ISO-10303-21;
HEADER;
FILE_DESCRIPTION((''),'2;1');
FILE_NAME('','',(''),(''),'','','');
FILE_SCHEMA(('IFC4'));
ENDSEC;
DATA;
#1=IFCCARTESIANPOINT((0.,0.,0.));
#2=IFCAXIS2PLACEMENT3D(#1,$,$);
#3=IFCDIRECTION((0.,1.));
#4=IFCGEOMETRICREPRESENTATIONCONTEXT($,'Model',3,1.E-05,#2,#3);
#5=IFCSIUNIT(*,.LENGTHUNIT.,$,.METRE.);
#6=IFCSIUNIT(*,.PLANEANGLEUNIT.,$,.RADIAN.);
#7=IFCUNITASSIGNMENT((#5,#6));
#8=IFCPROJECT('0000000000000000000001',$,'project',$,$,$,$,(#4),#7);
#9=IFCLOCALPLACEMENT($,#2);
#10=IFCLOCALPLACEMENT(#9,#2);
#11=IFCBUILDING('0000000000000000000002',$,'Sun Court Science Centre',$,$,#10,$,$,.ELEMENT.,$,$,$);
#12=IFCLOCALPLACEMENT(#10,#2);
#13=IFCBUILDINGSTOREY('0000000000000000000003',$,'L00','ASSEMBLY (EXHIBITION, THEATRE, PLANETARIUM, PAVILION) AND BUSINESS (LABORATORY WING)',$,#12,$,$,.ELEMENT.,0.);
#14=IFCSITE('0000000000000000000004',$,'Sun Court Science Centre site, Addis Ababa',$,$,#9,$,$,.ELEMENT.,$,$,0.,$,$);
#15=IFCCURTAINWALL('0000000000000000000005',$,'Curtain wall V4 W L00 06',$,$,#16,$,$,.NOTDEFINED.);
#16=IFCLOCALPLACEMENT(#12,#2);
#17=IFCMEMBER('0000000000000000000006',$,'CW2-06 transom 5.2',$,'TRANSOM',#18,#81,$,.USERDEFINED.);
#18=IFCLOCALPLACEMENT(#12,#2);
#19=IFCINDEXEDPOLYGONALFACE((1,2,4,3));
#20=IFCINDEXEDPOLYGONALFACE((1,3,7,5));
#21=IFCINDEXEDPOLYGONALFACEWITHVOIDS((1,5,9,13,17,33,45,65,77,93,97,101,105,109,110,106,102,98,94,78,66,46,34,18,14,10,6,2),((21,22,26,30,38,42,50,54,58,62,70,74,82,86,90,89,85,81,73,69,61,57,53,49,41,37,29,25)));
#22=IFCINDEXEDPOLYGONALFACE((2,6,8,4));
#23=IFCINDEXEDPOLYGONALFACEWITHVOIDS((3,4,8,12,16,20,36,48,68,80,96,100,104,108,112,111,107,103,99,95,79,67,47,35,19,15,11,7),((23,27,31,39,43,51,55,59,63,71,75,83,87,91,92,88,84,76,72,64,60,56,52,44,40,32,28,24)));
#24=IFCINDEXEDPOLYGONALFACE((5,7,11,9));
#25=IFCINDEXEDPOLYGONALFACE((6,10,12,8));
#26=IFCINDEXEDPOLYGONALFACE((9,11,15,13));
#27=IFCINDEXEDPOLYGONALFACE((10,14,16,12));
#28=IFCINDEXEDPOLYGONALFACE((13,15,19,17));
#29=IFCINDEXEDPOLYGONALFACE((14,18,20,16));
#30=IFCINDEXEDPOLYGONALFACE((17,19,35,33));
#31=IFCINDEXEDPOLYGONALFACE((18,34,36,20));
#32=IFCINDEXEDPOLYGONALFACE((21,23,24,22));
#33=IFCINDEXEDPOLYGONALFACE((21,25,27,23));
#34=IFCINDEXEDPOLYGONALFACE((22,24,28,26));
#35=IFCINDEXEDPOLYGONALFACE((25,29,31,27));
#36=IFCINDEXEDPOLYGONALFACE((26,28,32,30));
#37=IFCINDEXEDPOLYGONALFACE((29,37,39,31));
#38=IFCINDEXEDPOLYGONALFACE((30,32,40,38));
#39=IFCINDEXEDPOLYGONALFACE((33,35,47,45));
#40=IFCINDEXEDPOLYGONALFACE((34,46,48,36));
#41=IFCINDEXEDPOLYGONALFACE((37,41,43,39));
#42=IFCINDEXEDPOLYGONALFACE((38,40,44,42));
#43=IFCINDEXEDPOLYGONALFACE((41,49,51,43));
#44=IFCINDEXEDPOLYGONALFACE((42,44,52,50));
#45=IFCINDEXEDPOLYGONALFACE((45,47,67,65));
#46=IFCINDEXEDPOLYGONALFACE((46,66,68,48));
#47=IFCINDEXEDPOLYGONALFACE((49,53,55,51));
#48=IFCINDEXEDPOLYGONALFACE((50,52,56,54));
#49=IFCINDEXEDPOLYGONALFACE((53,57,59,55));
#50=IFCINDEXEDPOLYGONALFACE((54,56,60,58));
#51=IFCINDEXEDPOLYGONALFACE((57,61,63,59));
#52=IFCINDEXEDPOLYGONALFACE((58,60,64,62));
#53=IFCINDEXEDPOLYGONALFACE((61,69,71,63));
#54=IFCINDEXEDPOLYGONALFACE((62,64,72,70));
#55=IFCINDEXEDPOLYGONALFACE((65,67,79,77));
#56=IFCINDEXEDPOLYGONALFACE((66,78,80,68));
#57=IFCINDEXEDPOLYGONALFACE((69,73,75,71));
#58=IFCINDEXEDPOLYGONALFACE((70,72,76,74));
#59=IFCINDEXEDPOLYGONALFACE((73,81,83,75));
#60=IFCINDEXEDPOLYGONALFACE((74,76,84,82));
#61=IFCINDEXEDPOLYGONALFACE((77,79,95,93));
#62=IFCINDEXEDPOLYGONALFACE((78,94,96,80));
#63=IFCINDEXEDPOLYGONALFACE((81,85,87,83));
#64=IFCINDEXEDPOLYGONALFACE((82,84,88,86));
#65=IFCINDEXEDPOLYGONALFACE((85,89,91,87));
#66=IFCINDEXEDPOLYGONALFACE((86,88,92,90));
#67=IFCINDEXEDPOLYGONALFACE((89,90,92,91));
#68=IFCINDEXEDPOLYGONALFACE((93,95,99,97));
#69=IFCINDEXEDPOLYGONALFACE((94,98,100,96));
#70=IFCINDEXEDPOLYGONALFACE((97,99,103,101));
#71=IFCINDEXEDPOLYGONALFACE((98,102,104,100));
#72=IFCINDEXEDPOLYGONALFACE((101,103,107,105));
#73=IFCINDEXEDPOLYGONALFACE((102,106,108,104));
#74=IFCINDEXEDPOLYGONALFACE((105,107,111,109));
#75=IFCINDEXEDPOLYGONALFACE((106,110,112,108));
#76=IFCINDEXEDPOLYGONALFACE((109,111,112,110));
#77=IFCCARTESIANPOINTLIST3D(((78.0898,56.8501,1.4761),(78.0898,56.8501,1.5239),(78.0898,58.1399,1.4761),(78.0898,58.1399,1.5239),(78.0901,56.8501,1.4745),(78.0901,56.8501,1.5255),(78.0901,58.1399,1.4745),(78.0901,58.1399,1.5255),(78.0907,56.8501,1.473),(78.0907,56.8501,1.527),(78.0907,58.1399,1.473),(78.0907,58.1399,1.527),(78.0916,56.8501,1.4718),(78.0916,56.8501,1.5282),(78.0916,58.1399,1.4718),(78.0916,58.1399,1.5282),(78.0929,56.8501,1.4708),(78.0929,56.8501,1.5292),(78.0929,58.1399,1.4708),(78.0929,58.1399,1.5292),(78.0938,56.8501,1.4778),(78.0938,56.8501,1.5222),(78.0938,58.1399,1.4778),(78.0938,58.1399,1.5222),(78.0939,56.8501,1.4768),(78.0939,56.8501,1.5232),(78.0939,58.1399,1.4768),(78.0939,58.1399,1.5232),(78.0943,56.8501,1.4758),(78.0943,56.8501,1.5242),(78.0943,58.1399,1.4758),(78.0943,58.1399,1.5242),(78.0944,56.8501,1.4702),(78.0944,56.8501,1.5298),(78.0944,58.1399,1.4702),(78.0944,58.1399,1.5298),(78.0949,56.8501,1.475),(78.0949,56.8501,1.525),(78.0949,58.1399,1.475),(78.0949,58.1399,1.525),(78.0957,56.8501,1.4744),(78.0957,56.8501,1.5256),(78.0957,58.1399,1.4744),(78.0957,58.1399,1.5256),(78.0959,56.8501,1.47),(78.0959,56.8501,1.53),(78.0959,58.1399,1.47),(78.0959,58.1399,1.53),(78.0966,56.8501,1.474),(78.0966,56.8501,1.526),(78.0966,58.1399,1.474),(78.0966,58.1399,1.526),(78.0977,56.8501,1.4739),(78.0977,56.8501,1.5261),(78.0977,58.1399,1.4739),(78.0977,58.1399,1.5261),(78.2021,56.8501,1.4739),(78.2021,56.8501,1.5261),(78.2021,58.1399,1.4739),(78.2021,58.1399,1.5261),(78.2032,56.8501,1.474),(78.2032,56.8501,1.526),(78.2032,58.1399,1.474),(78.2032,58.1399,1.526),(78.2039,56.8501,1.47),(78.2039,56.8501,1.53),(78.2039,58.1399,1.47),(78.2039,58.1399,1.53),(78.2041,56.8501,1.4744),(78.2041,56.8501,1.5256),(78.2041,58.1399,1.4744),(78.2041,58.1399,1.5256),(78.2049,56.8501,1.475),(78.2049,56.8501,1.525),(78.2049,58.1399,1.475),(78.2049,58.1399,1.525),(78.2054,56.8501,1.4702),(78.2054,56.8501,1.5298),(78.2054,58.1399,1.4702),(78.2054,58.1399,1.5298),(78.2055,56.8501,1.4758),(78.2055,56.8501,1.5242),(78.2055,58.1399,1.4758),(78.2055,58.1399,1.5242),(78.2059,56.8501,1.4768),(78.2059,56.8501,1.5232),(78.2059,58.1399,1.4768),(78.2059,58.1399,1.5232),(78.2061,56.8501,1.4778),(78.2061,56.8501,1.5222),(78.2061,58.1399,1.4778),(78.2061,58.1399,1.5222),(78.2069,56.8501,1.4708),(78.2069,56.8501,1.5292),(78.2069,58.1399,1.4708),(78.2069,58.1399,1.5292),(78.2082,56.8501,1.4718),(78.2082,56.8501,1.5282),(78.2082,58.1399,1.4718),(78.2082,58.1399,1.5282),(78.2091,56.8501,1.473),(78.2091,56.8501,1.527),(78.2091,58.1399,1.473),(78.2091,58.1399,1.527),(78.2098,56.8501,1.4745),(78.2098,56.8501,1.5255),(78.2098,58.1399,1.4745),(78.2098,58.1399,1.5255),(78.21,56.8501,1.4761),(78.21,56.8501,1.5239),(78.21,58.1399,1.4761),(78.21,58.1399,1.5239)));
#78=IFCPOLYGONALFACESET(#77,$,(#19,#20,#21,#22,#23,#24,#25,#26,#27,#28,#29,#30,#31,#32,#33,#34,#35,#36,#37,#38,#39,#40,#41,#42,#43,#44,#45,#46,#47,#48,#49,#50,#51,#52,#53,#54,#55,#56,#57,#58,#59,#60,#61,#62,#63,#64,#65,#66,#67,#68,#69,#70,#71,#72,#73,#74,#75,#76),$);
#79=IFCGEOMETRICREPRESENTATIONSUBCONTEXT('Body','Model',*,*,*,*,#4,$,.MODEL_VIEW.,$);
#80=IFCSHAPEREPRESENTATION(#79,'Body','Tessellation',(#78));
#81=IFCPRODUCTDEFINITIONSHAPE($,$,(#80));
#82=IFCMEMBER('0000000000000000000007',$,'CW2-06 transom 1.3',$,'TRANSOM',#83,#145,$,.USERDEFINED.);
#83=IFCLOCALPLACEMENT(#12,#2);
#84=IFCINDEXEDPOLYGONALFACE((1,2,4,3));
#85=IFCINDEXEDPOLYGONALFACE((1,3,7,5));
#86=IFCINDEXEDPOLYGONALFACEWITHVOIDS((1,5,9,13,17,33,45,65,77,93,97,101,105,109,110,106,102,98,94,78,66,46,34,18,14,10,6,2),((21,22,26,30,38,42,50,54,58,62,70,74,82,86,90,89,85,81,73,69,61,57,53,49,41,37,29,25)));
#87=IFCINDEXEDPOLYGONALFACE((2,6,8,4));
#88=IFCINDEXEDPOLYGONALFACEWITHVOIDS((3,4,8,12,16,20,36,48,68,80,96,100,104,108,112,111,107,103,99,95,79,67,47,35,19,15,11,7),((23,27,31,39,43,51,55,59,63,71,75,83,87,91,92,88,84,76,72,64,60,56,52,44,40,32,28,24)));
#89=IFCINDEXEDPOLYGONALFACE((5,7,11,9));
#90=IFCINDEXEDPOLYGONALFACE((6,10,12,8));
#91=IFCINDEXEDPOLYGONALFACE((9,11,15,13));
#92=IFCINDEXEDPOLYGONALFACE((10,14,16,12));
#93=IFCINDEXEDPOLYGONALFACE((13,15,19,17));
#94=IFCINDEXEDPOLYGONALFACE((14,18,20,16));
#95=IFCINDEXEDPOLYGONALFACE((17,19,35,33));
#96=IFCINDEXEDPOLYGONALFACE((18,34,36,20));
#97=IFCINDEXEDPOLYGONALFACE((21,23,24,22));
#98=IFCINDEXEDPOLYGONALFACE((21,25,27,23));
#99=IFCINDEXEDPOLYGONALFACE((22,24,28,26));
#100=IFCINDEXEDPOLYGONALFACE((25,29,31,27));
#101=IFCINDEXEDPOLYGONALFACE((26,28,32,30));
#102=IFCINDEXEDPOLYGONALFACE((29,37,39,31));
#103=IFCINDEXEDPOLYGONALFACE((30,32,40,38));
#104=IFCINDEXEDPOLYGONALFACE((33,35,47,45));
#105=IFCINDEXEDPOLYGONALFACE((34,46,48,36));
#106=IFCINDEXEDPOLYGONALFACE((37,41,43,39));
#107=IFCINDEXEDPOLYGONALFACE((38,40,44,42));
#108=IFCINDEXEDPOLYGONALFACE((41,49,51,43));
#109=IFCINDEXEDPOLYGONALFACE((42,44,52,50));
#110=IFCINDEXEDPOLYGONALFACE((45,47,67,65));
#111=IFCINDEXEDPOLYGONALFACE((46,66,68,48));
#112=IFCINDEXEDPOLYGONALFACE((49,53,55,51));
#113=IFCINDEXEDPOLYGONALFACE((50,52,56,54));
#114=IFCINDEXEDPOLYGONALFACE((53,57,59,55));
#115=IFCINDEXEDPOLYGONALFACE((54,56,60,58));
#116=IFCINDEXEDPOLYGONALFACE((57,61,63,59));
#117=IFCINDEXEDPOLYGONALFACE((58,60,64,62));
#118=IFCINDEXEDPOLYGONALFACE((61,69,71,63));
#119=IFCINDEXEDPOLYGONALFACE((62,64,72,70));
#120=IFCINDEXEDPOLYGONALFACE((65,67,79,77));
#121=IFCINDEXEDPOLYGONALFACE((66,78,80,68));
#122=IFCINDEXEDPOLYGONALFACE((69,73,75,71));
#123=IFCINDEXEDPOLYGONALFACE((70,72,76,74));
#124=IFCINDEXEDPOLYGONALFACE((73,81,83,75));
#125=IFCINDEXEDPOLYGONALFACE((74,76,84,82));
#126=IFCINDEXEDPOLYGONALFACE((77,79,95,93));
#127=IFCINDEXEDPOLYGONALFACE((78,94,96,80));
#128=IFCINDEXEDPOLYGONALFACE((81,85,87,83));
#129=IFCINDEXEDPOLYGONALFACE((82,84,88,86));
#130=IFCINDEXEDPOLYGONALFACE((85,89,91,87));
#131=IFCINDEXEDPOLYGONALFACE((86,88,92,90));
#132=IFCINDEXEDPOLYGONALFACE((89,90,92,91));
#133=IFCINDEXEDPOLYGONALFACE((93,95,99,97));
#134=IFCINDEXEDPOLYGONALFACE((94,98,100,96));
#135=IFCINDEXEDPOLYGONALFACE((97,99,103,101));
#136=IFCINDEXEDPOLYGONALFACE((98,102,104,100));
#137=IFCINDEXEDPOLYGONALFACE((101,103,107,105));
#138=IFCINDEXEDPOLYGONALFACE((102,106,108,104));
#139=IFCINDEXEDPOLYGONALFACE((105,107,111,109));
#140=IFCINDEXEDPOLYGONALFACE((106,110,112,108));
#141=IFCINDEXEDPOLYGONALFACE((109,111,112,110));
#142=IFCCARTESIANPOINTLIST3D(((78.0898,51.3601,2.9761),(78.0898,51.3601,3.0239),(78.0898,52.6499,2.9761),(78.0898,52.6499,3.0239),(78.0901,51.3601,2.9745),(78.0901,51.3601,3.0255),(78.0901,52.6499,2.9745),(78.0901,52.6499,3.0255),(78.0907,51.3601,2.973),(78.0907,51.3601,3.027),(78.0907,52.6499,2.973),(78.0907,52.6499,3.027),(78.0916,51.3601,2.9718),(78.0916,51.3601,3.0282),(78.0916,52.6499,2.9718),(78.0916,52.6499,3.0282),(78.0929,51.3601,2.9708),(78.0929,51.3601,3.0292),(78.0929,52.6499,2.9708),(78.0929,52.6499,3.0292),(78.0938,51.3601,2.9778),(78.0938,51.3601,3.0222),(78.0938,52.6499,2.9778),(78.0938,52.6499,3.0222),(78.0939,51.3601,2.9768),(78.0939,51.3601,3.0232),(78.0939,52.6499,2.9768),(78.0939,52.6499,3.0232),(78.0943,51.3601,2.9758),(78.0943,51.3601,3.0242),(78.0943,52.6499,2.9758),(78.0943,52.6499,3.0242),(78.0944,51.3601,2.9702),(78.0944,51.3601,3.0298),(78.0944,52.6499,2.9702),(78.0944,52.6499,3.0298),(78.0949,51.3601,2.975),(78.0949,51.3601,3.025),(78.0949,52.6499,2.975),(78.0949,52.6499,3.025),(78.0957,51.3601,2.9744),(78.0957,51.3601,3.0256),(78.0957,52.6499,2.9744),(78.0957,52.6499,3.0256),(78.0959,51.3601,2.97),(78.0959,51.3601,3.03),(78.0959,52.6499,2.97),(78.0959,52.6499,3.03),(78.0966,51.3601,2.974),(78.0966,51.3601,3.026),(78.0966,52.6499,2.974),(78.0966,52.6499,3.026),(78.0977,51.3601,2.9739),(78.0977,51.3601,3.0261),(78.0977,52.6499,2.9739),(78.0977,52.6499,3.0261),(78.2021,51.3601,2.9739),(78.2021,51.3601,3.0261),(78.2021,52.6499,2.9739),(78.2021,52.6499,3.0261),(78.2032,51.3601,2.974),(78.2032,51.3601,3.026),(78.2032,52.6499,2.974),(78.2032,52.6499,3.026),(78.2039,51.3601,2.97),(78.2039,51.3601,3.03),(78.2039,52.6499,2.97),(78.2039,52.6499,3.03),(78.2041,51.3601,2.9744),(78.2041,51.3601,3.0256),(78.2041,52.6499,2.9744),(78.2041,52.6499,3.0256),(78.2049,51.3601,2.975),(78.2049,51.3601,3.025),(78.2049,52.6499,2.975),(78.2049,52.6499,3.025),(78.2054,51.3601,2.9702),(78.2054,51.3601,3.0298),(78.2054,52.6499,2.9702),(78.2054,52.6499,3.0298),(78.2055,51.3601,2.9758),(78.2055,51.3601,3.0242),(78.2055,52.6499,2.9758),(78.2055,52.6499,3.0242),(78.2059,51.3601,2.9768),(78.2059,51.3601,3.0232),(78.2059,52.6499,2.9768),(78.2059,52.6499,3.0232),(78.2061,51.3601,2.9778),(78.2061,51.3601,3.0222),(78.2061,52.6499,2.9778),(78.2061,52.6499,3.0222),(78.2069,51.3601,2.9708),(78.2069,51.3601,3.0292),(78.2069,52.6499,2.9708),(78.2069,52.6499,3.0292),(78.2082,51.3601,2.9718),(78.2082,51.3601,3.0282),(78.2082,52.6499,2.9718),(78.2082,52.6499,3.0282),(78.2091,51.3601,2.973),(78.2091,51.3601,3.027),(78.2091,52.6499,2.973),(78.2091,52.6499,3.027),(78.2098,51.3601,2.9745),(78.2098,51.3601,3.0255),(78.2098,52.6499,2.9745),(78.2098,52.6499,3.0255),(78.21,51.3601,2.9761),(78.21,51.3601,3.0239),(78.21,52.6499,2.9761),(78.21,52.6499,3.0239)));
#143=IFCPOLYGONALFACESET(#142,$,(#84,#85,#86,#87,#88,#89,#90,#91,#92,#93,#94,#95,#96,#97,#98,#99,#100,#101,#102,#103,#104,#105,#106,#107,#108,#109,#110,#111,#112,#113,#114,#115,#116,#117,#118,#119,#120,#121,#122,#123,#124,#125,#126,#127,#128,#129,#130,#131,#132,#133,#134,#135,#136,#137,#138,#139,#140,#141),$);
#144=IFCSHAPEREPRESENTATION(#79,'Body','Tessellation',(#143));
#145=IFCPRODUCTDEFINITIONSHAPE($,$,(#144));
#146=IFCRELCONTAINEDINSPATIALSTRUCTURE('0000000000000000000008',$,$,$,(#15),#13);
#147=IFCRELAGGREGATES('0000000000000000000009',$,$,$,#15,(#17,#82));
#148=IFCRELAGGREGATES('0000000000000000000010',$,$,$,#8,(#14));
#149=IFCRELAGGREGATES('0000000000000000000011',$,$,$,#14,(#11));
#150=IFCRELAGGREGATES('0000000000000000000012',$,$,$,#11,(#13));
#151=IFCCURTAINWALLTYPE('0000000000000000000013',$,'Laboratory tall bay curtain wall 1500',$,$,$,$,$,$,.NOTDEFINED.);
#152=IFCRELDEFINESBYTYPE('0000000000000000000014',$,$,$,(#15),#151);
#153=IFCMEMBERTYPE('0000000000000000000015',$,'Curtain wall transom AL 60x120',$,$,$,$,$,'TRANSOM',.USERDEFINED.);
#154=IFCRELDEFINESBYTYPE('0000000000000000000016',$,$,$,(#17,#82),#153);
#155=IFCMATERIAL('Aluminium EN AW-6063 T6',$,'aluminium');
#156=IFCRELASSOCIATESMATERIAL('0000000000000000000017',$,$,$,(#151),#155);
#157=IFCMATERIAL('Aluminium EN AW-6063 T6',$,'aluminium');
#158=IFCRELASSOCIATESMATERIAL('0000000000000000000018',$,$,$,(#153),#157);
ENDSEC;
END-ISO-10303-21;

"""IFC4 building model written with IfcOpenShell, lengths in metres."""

from ifc_helpers import new_model, si_unit, direction, frame, origin, origin_2d, place, context, subcontext, project, spatial, hollow_rectangle, extrude, material, material_profile, profile_set, type_object, element, aggregate, save


model = new_model("IFC4")

# Units and contexts
model_context = context("Model", 3, precision=1e-05, world=origin(), true_north=direction((0.0, 1.0)))
body_context = subcontext(model_context, "Body", "Model", "MODEL_VIEW")
ifc_project = project(units=[si_unit("LENGTHUNIT", "METRE"), si_unit("PLANEANGLEUNIT", "RADIAN")], contexts=[model_context])

# Site, building, storey
site_placement = place(None, origin())
site = spatial("IfcSite", under=ifc_project, at=site_placement, Name="Sun Court Science Centre site, Addis Ababa", CompositionType="ELEMENT", RefElevation=0.0)
building_placement = place(site_placement, origin())
building = spatial("IfcBuilding", under=site, at=building_placement, Name="Sun Court Science Centre", CompositionType="ELEMENT")
storey_placement = place(building_placement, origin())
storey = spatial("IfcBuildingStorey", under=building, at=storey_placement, Name="L00", Description="ASSEMBLY (EXHIBITION, THEATRE, PLANETARIUM, PAVILION) AND BUSINESS (LABORATORY WING)", CompositionType="ELEMENT", Elevation=0.0)

# Curtain wall, members
ifc_material_1 = material(Name="Aluminium EN AW-6063 T6", Category="aluminium")
curtain_wall_type = type_object("IfcCurtainWallType", Name="Laboratory tall bay curtain wall 1500", PredefinedType="NOTDEFINED", material=ifc_material_1)
curtain_wall_placement = place(storey_placement, origin())
curtain_wall = element("IfcCurtainWall", 1, at=curtain_wall_placement, inside=storey, type_object=curtain_wall_type, Name="Curtain wall V4 W L00 06", PredefinedType="NOTDEFINED")
ifc_material_2 = material(Name="Aluminium EN AW-6063 T6", Category="aluminium")
ifc_material_profile_1 = material_profile(ifc_material_2, hollow_rectangle(XDim=0.0601, YDim=0.1201, WallThickness=0.0039, InnerFilletRadius=0.0039, OuterFilletRadius=0.0061, at=origin_2d()), Name="AL 60x120x4")
ifc_profile_set_1 = profile_set([ifc_material_profile_1], Name="Aluminium EN AW-6063 T6")
member_type_1 = type_object("IfcMemberType", Name="Curtain wall transom AL 60x120", ElementType="TRANSOM", PredefinedType="USERDEFINED", material=ifc_profile_set_1)
member_1_placement = place(storey_placement, frame((78.1499, 56.8501, 1.5), z_axis=(0.0, 1.0, 0.0), x_axis=(0.0, 0.0, 1.0)))
member_1 = element("IfcMember", 2, at=member_1_placement, type_object=member_type_1, Name="CW2-06 transom 5.2", ObjectType="TRANSOM", PredefinedType="USERDEFINED", context=body_context, shape_type="SweptSolid", body=[
    extrude(hollow_rectangle(XDim=0.0601, YDim=0.1201, WallThickness=0.0039, InnerFilletRadius=0.0039, OuterFilletRadius=0.0061, at=origin_2d()), origin(), (0.0, 0.0, 1.0), 1.2898),
])
member_2_placement = place(storey_placement, frame((78.1499, 51.3601, 3.0), z_axis=(0.0, 1.0, 0.0), x_axis=(0.0, 0.0, 1.0)))
member_2 = element("IfcMember", 3, at=member_2_placement, type_object=member_type_1, Name="CW2-06 transom 1.3", ObjectType="TRANSOM", PredefinedType="USERDEFINED", context=body_context, shape_type="SweptSolid", body=[
    extrude(hollow_rectangle(XDim=0.0601, YDim=0.1201, WallThickness=0.0039, InnerFilletRadius=0.0039, OuterFilletRadius=0.0061, at=origin_2d()), origin(), (0.0, 0.0, 1.0), 1.2898),
])
aggregate(curtain_wall, [member_1, member_2])

save(model, "model.ifc")
